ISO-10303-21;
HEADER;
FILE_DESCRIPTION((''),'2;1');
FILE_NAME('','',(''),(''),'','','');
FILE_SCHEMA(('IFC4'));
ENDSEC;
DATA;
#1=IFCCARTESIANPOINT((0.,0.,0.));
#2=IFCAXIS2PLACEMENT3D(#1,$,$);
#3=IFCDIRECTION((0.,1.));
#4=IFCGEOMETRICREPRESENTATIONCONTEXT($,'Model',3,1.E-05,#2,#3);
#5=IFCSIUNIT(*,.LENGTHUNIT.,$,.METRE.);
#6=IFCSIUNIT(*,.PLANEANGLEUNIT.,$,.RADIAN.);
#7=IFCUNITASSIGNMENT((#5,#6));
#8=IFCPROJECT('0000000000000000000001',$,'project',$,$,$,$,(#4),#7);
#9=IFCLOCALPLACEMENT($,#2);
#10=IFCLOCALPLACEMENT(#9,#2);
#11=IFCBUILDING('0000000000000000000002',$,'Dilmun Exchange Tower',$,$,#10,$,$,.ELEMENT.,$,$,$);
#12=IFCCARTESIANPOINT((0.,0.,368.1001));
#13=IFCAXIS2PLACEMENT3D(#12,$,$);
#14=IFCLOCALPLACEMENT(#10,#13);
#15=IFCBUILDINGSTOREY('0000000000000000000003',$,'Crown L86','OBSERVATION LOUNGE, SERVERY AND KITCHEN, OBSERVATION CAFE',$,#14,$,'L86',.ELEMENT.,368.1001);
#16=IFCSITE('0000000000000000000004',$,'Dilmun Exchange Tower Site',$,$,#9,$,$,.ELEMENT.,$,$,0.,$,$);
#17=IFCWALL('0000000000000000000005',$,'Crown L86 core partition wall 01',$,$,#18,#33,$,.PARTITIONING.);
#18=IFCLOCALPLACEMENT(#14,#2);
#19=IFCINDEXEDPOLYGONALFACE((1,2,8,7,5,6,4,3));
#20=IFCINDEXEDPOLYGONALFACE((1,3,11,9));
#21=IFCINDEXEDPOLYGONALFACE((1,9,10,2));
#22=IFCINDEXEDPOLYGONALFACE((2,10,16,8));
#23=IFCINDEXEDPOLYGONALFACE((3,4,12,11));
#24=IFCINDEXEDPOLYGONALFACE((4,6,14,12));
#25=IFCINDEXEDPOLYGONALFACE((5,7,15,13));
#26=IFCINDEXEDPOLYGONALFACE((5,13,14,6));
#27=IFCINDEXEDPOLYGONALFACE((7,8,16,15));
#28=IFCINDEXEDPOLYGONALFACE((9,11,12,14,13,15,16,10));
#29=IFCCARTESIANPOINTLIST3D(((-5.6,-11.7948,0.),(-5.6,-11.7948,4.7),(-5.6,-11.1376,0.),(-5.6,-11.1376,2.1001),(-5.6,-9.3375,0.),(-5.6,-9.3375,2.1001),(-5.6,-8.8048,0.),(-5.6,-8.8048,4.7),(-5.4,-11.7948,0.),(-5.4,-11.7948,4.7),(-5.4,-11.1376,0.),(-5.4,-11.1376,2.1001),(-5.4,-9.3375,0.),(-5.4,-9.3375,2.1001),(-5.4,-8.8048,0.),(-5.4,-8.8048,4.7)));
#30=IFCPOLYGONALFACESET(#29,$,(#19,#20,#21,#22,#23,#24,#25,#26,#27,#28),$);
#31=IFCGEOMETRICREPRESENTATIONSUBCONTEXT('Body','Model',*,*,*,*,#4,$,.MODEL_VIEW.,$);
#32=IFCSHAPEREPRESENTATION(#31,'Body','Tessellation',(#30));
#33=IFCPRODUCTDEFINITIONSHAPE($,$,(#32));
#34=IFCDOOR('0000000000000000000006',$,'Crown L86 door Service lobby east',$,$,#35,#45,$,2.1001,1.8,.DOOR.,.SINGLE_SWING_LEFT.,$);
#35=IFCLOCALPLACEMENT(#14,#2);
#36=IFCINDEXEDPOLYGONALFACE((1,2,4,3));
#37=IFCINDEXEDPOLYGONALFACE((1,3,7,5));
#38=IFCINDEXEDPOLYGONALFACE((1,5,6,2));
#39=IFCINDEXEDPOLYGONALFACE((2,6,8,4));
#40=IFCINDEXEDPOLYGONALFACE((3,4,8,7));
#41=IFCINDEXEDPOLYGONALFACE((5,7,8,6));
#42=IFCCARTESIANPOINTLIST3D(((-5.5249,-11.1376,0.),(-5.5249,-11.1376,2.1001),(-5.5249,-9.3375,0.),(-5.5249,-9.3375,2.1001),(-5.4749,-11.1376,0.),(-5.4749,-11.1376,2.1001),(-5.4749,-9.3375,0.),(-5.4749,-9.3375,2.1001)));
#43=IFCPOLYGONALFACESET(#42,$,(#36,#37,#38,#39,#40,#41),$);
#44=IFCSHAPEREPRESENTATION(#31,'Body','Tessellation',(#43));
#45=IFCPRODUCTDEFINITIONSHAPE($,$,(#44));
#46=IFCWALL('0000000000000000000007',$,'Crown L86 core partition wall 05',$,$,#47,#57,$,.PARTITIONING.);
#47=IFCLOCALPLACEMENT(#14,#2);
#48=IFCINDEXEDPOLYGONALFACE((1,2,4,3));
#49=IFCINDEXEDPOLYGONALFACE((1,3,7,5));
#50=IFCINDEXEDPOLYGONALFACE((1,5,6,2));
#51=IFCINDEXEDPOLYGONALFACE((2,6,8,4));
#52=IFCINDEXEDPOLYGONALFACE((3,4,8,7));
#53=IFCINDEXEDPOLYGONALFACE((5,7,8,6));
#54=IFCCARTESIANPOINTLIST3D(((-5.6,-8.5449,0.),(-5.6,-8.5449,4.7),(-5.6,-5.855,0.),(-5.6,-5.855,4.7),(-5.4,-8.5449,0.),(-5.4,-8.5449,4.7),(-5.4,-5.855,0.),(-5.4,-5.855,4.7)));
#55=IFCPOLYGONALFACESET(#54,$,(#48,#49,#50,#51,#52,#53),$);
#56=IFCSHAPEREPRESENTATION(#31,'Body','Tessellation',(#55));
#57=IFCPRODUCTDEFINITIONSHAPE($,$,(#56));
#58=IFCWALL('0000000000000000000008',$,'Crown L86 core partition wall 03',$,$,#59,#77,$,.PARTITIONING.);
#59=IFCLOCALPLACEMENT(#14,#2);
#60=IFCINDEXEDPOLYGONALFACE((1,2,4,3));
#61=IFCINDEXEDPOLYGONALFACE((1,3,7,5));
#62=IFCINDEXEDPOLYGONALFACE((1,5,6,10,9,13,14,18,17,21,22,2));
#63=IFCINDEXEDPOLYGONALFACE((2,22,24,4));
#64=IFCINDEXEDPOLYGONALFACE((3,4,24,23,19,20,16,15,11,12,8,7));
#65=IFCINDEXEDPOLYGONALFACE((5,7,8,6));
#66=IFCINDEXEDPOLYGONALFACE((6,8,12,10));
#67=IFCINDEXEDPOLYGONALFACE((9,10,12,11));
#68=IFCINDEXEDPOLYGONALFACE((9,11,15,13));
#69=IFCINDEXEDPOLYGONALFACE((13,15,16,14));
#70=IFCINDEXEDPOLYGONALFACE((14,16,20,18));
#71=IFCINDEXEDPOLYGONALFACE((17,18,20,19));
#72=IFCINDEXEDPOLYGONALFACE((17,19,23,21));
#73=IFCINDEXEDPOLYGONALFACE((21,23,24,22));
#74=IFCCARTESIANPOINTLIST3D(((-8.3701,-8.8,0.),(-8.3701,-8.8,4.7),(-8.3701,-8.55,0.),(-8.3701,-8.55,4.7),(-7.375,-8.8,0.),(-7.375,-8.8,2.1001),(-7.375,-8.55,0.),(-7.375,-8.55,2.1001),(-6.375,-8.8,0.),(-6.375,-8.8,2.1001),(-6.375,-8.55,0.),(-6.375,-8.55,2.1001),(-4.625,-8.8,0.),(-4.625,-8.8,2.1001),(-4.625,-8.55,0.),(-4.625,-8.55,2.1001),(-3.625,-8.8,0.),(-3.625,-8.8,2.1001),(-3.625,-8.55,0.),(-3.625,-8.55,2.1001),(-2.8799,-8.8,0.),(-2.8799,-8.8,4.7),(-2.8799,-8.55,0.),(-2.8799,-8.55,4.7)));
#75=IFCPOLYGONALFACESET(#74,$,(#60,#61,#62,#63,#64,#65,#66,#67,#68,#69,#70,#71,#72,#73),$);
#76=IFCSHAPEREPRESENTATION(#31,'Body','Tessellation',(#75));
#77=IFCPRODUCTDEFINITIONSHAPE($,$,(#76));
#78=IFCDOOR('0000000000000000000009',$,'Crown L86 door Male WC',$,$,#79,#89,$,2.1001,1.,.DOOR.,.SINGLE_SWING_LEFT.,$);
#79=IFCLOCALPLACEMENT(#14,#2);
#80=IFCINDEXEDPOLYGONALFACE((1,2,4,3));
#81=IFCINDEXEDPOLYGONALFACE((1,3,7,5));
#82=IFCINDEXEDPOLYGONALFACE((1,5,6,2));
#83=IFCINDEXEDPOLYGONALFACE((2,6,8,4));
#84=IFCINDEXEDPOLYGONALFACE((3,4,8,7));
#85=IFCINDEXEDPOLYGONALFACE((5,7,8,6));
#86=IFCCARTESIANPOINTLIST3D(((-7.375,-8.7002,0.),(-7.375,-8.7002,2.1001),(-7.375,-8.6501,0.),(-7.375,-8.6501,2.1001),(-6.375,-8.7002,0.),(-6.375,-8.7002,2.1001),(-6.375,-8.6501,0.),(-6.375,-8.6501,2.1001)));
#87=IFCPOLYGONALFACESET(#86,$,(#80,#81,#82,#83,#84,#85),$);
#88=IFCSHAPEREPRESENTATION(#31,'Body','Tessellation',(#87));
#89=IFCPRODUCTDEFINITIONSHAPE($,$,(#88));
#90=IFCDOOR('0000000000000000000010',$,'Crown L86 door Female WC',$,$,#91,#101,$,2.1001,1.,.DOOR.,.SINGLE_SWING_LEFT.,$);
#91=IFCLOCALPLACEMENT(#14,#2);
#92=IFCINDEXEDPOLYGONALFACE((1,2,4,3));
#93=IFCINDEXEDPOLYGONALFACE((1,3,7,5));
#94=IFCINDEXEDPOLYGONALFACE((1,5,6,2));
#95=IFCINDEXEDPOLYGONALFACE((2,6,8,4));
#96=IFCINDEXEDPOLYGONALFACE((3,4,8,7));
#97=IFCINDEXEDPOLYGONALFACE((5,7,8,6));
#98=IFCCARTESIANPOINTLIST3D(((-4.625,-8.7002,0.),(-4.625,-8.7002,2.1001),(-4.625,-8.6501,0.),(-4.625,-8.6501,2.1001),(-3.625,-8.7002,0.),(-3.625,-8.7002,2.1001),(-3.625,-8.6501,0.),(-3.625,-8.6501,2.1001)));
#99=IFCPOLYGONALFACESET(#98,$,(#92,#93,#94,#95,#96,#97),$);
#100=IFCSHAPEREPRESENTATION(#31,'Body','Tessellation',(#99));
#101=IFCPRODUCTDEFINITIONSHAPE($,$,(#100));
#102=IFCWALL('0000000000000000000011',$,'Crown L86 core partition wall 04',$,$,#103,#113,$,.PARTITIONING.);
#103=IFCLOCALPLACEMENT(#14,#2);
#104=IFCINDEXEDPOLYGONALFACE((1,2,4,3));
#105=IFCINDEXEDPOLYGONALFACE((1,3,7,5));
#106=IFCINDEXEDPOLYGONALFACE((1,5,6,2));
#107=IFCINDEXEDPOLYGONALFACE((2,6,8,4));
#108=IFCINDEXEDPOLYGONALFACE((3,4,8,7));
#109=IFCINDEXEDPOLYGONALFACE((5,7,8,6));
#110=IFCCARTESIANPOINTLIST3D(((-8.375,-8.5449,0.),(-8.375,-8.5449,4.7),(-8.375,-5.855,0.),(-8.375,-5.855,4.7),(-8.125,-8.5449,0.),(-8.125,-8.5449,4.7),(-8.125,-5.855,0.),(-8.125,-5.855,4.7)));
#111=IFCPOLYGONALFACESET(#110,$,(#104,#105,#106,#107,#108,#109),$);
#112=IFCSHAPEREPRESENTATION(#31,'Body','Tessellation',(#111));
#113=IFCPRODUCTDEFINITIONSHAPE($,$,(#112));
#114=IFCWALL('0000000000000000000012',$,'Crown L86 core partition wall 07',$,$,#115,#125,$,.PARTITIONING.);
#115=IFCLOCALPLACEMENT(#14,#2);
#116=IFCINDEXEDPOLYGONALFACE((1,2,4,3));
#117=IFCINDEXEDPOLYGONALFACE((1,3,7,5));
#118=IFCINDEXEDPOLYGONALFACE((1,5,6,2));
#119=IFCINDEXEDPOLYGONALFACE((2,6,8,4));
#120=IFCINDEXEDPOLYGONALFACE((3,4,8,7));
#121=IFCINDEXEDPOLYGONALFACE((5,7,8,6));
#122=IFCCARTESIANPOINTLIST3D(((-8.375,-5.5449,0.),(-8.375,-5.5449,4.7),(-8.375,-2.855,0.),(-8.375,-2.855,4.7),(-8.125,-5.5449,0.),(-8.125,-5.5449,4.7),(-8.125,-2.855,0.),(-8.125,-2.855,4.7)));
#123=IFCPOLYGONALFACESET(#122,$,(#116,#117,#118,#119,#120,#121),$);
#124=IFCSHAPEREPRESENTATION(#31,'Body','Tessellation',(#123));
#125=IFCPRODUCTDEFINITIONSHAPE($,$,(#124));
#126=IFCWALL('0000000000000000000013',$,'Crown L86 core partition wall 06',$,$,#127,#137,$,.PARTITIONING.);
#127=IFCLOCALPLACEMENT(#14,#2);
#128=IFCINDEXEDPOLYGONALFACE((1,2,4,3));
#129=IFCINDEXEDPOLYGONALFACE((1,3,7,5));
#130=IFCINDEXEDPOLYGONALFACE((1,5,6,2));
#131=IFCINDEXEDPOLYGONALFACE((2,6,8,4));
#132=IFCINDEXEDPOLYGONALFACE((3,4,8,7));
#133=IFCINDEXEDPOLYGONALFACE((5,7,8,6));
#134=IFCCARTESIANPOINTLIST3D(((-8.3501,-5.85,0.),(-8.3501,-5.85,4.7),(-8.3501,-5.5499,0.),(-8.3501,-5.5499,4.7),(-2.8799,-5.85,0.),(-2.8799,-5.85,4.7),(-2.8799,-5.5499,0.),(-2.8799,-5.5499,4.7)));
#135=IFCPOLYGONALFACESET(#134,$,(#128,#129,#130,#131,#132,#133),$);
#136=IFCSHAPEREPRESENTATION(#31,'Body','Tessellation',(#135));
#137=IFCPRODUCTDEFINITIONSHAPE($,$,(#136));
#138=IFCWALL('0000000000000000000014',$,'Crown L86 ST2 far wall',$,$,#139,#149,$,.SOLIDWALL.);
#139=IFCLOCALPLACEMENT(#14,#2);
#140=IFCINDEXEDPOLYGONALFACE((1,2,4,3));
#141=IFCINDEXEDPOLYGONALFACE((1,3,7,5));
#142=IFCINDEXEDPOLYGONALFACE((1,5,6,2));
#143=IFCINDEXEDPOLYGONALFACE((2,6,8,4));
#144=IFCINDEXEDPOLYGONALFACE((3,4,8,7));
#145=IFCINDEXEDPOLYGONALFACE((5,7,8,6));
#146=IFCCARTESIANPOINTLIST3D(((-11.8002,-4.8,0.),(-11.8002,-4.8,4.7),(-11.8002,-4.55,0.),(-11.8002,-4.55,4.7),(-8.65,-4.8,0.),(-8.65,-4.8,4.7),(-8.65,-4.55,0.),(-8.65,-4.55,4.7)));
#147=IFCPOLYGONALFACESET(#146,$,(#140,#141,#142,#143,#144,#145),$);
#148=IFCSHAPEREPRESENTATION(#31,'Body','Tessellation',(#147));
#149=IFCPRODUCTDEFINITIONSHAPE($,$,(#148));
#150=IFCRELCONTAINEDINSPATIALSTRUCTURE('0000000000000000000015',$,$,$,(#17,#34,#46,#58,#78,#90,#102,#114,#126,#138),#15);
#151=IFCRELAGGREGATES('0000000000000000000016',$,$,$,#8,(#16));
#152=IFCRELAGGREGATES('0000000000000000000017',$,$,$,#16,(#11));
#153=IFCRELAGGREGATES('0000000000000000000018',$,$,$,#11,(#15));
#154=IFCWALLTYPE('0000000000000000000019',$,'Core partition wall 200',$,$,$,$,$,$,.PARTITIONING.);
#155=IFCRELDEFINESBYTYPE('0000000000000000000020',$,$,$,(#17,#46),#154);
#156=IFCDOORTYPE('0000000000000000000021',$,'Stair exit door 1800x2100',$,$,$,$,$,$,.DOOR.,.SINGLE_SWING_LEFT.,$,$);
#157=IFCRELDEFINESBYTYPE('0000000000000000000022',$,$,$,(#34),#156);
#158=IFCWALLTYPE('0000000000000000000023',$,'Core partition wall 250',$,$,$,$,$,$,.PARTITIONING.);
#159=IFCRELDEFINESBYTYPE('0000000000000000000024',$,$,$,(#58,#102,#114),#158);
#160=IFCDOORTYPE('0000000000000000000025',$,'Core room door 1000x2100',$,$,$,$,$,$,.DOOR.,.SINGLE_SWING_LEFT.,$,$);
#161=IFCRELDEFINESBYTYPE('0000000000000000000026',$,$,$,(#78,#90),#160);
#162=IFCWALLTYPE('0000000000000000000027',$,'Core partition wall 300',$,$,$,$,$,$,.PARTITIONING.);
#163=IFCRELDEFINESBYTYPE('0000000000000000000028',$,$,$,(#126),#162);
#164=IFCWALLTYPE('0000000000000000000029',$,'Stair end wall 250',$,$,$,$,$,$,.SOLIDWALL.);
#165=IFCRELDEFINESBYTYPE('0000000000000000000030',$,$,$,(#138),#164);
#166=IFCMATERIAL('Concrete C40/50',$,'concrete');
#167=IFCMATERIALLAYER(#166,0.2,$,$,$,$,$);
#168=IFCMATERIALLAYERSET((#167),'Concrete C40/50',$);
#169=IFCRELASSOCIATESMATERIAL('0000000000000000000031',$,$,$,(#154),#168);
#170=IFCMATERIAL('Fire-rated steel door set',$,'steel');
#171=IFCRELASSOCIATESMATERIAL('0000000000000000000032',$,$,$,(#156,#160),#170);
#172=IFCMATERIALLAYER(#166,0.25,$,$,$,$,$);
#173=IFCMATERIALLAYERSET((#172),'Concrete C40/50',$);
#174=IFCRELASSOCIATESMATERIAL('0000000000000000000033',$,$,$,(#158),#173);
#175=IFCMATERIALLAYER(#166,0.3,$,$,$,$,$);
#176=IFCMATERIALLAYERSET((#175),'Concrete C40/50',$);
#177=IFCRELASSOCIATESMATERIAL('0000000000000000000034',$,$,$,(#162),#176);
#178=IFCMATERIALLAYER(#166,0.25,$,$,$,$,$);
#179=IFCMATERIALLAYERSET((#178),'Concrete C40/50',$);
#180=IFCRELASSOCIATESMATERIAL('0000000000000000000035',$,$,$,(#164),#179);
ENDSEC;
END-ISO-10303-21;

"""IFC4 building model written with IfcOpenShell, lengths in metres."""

from ifc_helpers import new_model, si_unit, direction, frame, frame_2d, origin, place, context, subcontext, project, spatial, rectangle, extrude, material, layer, layer_set, type_object, element, fill, save


model = new_model("IFC4")

# Units and contexts
model_context = context("Model", 3, precision=1e-05, world=origin(), true_north=direction((0.0, 1.0)))
body_context = subcontext(model_context, "Body", "Model", "MODEL_VIEW")
ifc_project = project(units=[si_unit("LENGTHUNIT", "METRE"), si_unit("PLANEANGLEUNIT", "RADIAN")], contexts=[model_context])

# Site, building, storey
site_placement = place(None, origin())
site = spatial("IfcSite", under=ifc_project, at=site_placement, Name="Dilmun Exchange Tower Site", CompositionType="ELEMENT", RefElevation=0.0)
building_placement = place(site_placement, origin())
building = spatial("IfcBuilding", under=site, at=building_placement, Name="Dilmun Exchange Tower", CompositionType="ELEMENT")
storey_placement = place(building_placement, frame((0.0, 0.0, 368.1001)))
storey = spatial("IfcBuildingStorey", under=building, at=storey_placement, Name="Crown L86", Description="OBSERVATION LOUNGE, SERVERY AND KITCHEN, OBSERVATION CAFE", LongName="L86", CompositionType="ELEMENT", Elevation=368.1001)

# Wall, opening, door
ifc_material_1 = material(Name="Concrete C40/50", Category="concrete")
ifc_layer_1 = layer(ifc_material_1, 0.2)
ifc_layer_set_1 = layer_set([ifc_layer_1], Name="Concrete C40/50")
wall_type_1 = type_object("IfcWallType", Name="Core partition wall 200", PredefinedType="PARTITIONING", material=ifc_layer_set_1)
wall_1_placement = place(storey_placement, frame((-5.5, -11.7949, 0.0), z_axis=(0.0, 0.0, 1.0), x_axis=(0.0, 1.0, 0.0)))
wall_1 = element("IfcWall", 1, at=wall_1_placement, inside=storey, type_object=wall_type_1, Name="Crown L86 core partition wall 01", PredefinedType="PARTITIONING", context=body_context, shape_type="SweptSolid", body=[
    extrude(rectangle(XDim=2.99, YDim=0.2, at=frame_2d((1.4951, 0.0))), origin(), (0.0, 0.0, 1.0), 4.7),
])
opening_1_placement = place(wall_1_placement, frame((0.6575, 0.0, 0.0)))
opening_1 = element("IfcOpeningElement", 2, at=opening_1_placement, cuts=wall_1, PredefinedType="OPENING", context=body_context, shape_type="SweptSolid", body=[
    extrude(rectangle(XDim=1.8, YDim=2.1001, at=frame_2d((0.8999, 1.05))), frame((0.0, 0.1099, 0.0), z_axis=(0.0, -1.0, 0.0), x_axis=(1.0, 0.0, 0.0)), (0.0, 0.0, 1.0), 0.22),
])
ifc_material_2 = material(Name="Fire-rated steel door set", Category="steel")
door_type_1 = type_object("IfcDoorType", Name="Stair exit door 1800x2100", OperationType="SINGLE_SWING_LEFT", PredefinedType="DOOR", material=ifc_material_2)
door_1_placement = place(opening_1_placement, origin())
door_1 = element("IfcDoor", 3, at=door_1_placement, inside=storey, type_object=door_type_1, Name="Crown L86 door Service lobby east", OperationType="SINGLE_SWING_LEFT", OverallHeight=2.1001, OverallWidth=1.8, PredefinedType="DOOR", context=body_context, shape_type="SweptSolid", body=[
    extrude(rectangle(XDim=1.8, YDim=2.1001, at=frame_2d((0.8999, 1.05))), frame((0.0, 0.0249, 0.0), z_axis=(0.0, -1.0, 0.0), x_axis=(1.0, 0.0, 0.0)), (0.0, 0.0, 1.0), 0.05),
])
fill(opening_1, door_1)

# Wall
wall_2_placement = place(storey_placement, frame((-5.5, -8.5449, 0.0), z_axis=(0.0, 0.0, 1.0), x_axis=(0.0, 1.0, 0.0)))
element("IfcWall", 4, at=wall_2_placement, inside=storey, type_object=wall_type_1, Name="Crown L86 core partition wall 05", PredefinedType="PARTITIONING", context=body_context, shape_type="SweptSolid", body=[
    extrude(rectangle(XDim=2.6899, YDim=0.2, at=frame_2d((1.345, 0.0))), origin(), (0.0, 0.0, 1.0), 4.7),
])

# Wall, openings, doors
ifc_layer_2 = layer(ifc_material_1, 0.25)
ifc_layer_set_2 = layer_set([ifc_layer_2], Name="Concrete C40/50")
wall_type_2 = type_object("IfcWallType", Name="Core partition wall 250", PredefinedType="PARTITIONING", material=ifc_layer_set_2)
wall_3_placement = place(storey_placement, frame((-8.3701, -8.675, 0.0), z_axis=(0.0, 0.0, 1.0), x_axis=(1.0, 0.0, 0.0)))
wall_3 = element("IfcWall", 5, at=wall_3_placement, inside=storey, type_object=wall_type_2, Name="Crown L86 core partition wall 03", PredefinedType="PARTITIONING", context=body_context, shape_type="SweptSolid", body=[
    extrude(rectangle(XDim=5.4902, YDim=0.25, at=frame_2d((2.7451, 0.0))), origin(), (0.0, 0.0, 1.0), 4.7),
])
opening_2_placement = place(wall_3_placement, frame((0.9951, 0.0, 0.0)))
opening_2 = element("IfcOpeningElement", 6, at=opening_2_placement, cuts=wall_3, PredefinedType="OPENING", context=body_context, shape_type="SweptSolid", body=[
    extrude(rectangle(XDim=1.0, YDim=2.1001, at=frame_2d((0.5, 1.05))), frame((0.0, 0.135, 0.0), z_axis=(0.0, -1.0, 0.0), x_axis=(1.0, 0.0, 0.0)), (0.0, 0.0, 1.0), 0.27),
])
opening_3_placement = place(wall_3_placement, frame((3.7451, 0.0, 0.0)))
opening_3 = element("IfcOpeningElement", 7, at=opening_3_placement, cuts=wall_3, PredefinedType="OPENING", context=body_context, shape_type="SweptSolid", body=[
    extrude(rectangle(XDim=1.0, YDim=2.1001, at=frame_2d((0.5, 1.05))), frame((0.0, 0.135, 0.0), z_axis=(0.0, -1.0, 0.0), x_axis=(1.0, 0.0, 0.0)), (0.0, 0.0, 1.0), 0.27),
])
door_type_2 = type_object("IfcDoorType", Name="Core room door 1000x2100", OperationType="SINGLE_SWING_LEFT", PredefinedType="DOOR", material=ifc_material_2)
door_2_placement = place(opening_2_placement, origin())
door_2 = element("IfcDoor", 8, at=door_2_placement, inside=storey, type_object=door_type_2, Name="Crown L86 door Male WC", OperationType="SINGLE_SWING_LEFT", OverallHeight=2.1001, OverallWidth=1.0, PredefinedType="DOOR", context=body_context, shape_type="SweptSolid", body=[
    extrude(rectangle(XDim=1.0, YDim=2.1001, at=frame_2d((0.5, 1.05))), frame((0.0, 0.0249, 0.0), z_axis=(0.0, -1.0, 0.0), x_axis=(1.0, 0.0, 0.0)), (0.0, 0.0, 1.0), 0.05),
])
fill(opening_2, door_2)
door_3_placement = place(opening_3_placement, origin())
door_3 = element("IfcDoor", 9, at=door_3_placement, inside=storey, type_object=door_type_2, Name="Crown L86 door Female WC", OperationType="SINGLE_SWING_LEFT", OverallHeight=2.1001, OverallWidth=1.0, PredefinedType="DOOR", context=body_context, shape_type="SweptSolid", body=[
    extrude(rectangle(XDim=1.0, YDim=2.1001, at=frame_2d((0.5, 1.05))), frame((0.0, 0.0249, 0.0), z_axis=(0.0, -1.0, 0.0), x_axis=(1.0, 0.0, 0.0)), (0.0, 0.0, 1.0), 0.05),
])
fill(opening_3, door_3)

# Walls
for number, where, z_axis, x_axis, name in (
    (10, (-8.25, -8.5449, 0.0), (0.0, 0.0, 1.0), (0.0, 1.0, 0.0), "Crown L86 core partition wall 04"),
    (11, (-8.25, -5.5449, 0.0), (0.0, 0.0, 1.0), (0.0, 1.0, 0.0), "Crown L86 core partition wall 07"),
):
    element("IfcWall", number, at=place(storey_placement, frame(where, z_axis=z_axis, x_axis=x_axis)), inside=storey, type_object=wall_type_2, Name=name, PredefinedType="PARTITIONING", context=body_context, shape_type="SweptSolid", body=[
        extrude(rectangle(XDim=2.6899, YDim=0.25, at=frame_2d((1.345, 0.0))), origin(), (0.0, 0.0, 1.0), 4.7),
    ])
ifc_layer_3 = layer(ifc_material_1, 0.3)
ifc_layer_set_3 = layer_set([ifc_layer_3], Name="Concrete C40/50")
wall_type_3 = type_object("IfcWallType", Name="Core partition wall 300", PredefinedType="PARTITIONING", material=ifc_layer_set_3)
wall_4_placement = place(storey_placement, frame((-8.3501, -5.7, 0.0), z_axis=(0.0, 0.0, 1.0), x_axis=(1.0, 0.0, 0.0)))
element("IfcWall", 12, at=wall_4_placement, inside=storey, type_object=wall_type_3, Name="Crown L86 core partition wall 06", PredefinedType="PARTITIONING", context=body_context, shape_type="SweptSolid", body=[
    extrude(rectangle(XDim=5.4702, YDim=0.3, at=frame_2d((2.7351, 0.0))), origin(), (0.0, 0.0, 1.0), 4.7),
])

# Wall
ifc_layer_4 = layer(ifc_material_1, 0.25)
ifc_layer_set_4 = layer_set([ifc_layer_4], Name="Concrete C40/50")
wall_type_4 = type_object("IfcWallType", Name="Stair end wall 250", PredefinedType="SOLIDWALL", material=ifc_layer_set_4)
wall_5_placement = place(storey_placement, frame((-8.6499, -4.675, 0.0), z_axis=(0.0, 0.0, 1.0), x_axis=(-1.0, 0.0, 0.0)))
element("IfcWall", 13, at=wall_5_placement, inside=storey, type_object=wall_type_4, Name="Crown L86 ST2 far wall", PredefinedType="SOLIDWALL", context=body_context, shape_type="SweptSolid", body=[
    extrude(rectangle(XDim=3.1501, YDim=0.25, at=frame_2d((1.5752, 0.0))), origin(), (0.0, 0.0, 1.0), 4.7),
])

save(model, "model.ifc")
